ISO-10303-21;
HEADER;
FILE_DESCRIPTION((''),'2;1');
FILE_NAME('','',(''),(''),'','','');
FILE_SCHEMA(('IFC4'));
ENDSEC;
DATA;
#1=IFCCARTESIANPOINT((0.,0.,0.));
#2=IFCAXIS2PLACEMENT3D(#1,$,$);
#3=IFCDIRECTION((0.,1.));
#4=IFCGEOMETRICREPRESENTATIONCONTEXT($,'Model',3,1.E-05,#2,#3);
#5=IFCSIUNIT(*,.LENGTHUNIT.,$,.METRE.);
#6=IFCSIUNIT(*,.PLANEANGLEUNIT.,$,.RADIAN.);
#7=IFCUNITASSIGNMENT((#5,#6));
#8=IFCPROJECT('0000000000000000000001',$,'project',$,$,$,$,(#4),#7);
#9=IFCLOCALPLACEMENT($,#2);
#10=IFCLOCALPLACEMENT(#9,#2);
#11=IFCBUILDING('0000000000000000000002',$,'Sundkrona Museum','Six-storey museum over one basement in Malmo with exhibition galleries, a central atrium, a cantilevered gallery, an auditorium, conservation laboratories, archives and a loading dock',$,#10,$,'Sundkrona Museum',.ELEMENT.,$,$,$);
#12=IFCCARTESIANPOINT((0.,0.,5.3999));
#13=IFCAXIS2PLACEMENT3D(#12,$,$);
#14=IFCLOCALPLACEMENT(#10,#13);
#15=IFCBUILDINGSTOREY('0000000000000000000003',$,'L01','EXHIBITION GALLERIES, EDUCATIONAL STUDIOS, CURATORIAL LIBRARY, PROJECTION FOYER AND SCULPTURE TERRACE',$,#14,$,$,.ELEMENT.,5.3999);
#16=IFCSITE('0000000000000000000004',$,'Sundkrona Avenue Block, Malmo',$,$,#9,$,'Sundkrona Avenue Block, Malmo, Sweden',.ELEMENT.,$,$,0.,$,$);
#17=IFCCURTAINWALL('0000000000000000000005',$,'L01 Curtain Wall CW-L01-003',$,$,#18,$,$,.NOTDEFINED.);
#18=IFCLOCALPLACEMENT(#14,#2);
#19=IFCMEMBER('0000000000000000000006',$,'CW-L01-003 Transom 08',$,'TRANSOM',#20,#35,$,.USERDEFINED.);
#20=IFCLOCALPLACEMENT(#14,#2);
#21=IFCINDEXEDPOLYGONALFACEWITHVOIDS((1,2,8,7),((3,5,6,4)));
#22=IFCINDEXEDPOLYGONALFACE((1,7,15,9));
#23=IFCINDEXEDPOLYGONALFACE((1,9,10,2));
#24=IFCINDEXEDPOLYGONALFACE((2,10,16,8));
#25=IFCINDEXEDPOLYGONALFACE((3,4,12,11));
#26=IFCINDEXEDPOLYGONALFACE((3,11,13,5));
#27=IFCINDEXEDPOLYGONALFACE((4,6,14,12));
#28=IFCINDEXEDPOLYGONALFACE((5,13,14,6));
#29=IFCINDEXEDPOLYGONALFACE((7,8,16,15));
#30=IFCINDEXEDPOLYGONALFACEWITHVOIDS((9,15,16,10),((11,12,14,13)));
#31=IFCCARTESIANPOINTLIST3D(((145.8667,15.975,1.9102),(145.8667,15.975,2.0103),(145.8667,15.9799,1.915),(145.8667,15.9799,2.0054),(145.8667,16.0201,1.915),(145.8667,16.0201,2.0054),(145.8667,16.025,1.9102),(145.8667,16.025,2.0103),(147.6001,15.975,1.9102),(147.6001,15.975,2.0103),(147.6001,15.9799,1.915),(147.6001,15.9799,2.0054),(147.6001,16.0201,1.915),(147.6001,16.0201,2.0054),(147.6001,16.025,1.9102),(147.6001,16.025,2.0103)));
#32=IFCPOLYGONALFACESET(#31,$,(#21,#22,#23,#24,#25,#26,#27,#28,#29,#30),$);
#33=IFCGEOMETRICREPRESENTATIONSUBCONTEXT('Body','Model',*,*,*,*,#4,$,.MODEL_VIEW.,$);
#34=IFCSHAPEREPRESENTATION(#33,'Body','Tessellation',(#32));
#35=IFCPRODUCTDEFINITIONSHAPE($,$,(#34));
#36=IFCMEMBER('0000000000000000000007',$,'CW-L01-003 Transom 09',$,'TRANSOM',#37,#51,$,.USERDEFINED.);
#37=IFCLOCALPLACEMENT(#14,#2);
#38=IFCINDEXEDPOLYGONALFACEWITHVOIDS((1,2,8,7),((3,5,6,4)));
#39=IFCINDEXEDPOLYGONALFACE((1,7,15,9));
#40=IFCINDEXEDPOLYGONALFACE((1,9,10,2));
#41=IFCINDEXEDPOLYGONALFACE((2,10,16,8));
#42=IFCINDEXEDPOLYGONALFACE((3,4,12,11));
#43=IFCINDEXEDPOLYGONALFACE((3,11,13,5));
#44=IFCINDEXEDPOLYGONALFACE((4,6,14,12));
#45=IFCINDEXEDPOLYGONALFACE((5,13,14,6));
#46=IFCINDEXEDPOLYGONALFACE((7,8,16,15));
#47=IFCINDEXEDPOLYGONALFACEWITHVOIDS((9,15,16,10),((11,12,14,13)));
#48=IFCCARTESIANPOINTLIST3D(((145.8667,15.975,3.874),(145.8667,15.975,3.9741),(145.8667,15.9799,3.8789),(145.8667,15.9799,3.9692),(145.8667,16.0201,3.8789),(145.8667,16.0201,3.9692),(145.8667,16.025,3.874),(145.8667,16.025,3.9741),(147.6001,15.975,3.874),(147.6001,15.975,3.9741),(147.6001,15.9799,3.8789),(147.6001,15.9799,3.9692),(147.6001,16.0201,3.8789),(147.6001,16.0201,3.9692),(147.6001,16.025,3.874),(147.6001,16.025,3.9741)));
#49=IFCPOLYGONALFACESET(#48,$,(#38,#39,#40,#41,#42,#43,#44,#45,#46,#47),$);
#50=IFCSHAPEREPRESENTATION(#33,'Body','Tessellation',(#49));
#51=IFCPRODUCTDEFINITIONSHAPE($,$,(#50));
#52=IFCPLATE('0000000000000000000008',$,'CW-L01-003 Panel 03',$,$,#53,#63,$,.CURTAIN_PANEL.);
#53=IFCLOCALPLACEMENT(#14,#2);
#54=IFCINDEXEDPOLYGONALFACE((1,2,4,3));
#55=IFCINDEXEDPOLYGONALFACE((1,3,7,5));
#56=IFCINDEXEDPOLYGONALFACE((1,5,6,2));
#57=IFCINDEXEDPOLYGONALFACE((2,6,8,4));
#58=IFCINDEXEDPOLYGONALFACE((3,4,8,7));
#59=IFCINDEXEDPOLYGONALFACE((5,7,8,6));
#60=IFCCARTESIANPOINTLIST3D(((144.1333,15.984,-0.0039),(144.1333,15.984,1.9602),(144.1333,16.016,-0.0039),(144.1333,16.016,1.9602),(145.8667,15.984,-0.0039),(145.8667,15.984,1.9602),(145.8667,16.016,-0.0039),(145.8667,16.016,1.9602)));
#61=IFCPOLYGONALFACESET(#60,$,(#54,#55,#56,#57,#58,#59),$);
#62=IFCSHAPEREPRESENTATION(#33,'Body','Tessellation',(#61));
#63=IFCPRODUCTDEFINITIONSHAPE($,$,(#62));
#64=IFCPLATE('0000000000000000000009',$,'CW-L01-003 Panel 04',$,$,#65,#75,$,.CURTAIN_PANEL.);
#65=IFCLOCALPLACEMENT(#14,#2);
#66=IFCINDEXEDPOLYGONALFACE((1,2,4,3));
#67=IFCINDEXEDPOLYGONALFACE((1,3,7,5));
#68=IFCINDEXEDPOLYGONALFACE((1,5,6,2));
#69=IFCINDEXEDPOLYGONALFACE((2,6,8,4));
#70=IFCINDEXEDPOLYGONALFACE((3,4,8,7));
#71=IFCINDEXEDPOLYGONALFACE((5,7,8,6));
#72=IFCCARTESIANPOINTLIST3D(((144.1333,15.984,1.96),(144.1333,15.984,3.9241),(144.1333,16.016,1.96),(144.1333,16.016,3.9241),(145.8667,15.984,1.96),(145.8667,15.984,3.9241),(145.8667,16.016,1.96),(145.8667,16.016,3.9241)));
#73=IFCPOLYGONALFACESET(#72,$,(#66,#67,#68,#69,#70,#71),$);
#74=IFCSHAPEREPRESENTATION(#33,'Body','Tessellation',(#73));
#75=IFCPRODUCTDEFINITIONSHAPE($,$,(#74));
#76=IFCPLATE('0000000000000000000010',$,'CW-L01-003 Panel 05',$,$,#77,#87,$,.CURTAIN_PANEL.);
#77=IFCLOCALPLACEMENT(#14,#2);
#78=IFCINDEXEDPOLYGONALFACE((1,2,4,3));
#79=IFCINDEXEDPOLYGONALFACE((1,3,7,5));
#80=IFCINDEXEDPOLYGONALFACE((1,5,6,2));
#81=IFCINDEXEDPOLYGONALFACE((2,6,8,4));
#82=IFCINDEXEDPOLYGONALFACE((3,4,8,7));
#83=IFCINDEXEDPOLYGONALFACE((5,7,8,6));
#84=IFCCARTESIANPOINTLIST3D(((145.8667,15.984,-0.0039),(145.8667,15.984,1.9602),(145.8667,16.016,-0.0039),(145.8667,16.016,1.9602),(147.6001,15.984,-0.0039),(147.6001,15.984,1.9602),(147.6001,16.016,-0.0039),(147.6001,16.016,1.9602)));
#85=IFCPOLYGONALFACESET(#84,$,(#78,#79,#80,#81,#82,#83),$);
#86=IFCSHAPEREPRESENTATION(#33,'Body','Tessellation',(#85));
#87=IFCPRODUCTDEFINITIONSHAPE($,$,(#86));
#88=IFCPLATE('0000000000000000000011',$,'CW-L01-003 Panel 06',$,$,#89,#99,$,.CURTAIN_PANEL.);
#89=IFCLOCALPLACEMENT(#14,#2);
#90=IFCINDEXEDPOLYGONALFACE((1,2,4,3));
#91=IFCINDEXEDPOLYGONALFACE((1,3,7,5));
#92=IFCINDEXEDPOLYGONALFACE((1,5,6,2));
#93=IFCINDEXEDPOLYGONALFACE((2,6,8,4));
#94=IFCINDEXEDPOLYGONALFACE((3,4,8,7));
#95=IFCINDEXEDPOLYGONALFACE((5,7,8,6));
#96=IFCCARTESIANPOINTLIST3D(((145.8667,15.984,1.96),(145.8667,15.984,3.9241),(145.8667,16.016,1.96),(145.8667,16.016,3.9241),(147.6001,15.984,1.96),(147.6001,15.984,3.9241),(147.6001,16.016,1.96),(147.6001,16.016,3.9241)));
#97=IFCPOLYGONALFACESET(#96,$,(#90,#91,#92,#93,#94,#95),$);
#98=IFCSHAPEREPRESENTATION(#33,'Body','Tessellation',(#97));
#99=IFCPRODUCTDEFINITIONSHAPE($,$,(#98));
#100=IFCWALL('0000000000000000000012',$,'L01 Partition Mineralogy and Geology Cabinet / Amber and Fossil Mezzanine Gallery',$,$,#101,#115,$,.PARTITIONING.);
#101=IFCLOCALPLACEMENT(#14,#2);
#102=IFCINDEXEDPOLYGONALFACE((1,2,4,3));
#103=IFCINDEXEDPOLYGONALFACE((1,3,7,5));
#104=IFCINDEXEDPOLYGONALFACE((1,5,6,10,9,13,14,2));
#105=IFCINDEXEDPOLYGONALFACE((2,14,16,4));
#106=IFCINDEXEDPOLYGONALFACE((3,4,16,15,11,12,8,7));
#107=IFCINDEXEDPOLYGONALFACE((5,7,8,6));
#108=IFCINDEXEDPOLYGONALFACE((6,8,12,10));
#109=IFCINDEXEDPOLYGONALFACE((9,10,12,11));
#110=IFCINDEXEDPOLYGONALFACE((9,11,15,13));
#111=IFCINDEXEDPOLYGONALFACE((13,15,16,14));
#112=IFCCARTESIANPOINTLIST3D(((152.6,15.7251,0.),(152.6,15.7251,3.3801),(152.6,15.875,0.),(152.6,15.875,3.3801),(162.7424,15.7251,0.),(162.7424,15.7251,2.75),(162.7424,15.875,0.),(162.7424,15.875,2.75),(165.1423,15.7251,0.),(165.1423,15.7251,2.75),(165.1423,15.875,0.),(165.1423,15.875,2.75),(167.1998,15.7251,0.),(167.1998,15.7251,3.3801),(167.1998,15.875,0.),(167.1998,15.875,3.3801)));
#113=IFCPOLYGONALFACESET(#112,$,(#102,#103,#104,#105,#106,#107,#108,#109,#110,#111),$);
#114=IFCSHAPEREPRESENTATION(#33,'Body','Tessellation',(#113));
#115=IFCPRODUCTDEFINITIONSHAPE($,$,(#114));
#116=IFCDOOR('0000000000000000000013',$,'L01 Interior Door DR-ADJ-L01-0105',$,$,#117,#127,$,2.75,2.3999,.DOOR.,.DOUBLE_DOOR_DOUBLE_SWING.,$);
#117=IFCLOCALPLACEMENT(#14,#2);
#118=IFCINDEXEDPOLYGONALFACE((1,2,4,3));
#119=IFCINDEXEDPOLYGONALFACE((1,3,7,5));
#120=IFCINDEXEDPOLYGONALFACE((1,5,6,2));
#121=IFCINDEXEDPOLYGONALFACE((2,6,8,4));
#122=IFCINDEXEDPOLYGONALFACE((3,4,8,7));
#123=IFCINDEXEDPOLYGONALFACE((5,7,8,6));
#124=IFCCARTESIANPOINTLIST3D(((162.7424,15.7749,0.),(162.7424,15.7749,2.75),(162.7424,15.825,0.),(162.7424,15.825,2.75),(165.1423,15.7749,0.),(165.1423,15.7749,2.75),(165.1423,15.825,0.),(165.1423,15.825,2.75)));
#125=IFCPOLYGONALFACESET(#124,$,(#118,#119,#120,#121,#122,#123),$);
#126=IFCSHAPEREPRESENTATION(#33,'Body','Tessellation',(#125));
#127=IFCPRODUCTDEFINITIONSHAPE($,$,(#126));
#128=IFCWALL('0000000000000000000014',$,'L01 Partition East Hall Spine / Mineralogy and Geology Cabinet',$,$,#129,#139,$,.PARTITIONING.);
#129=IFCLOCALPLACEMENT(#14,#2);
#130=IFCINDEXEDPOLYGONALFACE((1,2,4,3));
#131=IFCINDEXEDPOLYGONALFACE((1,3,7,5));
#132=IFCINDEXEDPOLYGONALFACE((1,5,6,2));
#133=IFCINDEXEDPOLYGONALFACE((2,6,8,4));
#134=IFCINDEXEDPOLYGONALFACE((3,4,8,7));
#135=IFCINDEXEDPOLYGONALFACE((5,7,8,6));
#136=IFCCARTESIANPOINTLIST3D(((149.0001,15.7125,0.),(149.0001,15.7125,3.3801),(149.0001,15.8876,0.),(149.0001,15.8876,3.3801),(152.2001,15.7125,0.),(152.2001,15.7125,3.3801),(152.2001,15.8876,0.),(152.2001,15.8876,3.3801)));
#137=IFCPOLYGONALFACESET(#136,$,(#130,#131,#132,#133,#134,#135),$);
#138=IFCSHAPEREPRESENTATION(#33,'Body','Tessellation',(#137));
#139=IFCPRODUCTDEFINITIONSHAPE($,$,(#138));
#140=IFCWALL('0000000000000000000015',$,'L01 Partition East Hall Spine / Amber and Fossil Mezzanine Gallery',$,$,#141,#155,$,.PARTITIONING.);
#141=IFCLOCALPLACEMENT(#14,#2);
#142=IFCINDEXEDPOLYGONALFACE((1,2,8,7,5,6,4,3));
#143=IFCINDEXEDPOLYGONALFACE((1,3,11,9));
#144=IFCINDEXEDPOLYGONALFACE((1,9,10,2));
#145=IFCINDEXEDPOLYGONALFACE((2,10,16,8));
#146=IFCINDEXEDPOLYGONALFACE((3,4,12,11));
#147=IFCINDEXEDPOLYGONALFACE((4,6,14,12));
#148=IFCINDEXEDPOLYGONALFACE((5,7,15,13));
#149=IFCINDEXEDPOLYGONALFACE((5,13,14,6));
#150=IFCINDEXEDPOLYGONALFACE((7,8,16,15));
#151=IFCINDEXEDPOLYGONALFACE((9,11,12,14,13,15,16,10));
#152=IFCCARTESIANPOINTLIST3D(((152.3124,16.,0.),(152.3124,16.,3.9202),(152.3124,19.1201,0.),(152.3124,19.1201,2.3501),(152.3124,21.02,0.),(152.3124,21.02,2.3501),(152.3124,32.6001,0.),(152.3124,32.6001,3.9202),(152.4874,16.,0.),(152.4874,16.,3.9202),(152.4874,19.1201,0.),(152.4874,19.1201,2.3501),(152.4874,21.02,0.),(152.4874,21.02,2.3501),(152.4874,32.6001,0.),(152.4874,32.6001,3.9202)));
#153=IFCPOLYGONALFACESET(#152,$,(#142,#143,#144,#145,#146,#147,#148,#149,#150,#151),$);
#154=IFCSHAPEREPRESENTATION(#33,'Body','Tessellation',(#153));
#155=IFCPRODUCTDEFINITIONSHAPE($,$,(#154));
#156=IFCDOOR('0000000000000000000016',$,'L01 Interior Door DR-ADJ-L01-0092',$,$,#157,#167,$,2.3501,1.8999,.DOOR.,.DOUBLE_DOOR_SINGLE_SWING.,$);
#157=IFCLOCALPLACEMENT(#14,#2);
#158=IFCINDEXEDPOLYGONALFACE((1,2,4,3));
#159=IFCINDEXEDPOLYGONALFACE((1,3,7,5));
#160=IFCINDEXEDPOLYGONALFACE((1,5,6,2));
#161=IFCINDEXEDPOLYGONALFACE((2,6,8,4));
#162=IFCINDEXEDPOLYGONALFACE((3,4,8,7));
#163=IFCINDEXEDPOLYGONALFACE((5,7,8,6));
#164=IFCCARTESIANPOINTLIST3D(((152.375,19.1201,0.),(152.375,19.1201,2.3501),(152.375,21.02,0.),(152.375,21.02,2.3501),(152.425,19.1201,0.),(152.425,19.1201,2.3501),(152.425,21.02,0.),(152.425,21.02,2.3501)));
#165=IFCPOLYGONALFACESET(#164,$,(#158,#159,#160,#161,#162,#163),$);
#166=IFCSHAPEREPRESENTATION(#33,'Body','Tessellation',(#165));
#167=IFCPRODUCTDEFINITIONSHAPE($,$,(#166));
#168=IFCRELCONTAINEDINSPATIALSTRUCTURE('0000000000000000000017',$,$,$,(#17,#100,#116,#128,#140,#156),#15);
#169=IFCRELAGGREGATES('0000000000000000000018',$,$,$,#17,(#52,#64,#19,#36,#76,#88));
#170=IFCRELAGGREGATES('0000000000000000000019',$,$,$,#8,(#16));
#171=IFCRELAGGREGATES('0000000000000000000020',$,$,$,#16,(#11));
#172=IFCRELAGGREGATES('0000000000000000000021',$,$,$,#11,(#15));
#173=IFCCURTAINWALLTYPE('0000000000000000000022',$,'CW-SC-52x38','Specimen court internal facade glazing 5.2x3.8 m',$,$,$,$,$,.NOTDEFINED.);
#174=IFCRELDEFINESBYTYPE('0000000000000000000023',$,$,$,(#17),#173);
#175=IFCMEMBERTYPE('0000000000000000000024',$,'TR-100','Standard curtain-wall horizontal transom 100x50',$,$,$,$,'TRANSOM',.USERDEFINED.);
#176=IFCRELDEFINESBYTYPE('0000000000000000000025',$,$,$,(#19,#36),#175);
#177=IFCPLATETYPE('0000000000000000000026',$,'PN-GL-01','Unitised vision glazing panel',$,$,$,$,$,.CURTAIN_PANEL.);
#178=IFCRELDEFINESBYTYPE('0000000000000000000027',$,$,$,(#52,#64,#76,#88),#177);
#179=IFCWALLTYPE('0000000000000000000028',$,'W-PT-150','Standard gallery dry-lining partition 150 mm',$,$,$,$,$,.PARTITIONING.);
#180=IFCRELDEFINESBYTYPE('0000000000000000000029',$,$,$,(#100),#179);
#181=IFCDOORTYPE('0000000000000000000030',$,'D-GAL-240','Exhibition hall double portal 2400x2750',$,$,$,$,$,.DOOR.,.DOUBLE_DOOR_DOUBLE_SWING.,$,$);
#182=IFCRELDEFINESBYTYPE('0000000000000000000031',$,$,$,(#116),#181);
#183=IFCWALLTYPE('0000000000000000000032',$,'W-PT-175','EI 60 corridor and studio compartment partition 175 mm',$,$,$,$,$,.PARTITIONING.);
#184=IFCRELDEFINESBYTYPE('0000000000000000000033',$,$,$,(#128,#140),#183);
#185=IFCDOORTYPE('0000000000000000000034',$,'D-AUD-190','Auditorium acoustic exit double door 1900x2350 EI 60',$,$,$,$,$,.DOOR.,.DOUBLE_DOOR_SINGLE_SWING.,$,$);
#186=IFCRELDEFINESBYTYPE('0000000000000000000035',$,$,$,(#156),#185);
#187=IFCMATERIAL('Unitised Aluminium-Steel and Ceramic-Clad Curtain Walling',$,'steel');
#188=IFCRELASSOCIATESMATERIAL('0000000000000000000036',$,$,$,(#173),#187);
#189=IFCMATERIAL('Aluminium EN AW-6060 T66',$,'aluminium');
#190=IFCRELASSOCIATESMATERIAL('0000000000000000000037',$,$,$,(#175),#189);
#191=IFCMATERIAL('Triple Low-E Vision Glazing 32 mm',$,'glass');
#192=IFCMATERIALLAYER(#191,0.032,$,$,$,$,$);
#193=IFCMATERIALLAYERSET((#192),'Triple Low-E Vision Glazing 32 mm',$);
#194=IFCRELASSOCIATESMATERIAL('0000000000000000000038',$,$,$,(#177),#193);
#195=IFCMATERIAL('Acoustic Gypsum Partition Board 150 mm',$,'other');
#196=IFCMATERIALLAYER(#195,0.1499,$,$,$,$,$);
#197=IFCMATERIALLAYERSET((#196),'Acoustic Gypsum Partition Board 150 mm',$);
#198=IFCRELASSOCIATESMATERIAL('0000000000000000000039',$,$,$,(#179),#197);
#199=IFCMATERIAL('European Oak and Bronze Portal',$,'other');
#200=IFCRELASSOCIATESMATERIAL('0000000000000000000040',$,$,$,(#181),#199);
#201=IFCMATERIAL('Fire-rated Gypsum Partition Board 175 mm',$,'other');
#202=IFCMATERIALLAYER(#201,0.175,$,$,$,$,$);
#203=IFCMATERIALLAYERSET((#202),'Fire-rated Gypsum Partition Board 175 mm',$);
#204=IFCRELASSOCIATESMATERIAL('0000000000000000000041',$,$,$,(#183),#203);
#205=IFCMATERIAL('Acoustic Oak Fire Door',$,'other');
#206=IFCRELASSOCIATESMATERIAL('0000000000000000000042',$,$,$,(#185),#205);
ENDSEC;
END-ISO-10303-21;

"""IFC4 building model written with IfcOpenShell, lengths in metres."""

from ifc_helpers import new_model, si_unit, direction, frame, frame_2d, origin, origin_2d, place, context, subcontext, project, spatial, rectangle, hollow_rectangle, extrude, material, layer, layer_set, material_profile, profile_set, type_object, element, fill, aggregate, save


model = new_model("IFC4")

# Units and contexts
model_context = context("Model", 3, precision=1e-05, world=origin(), true_north=direction((0.0, 1.0)))
body_context = subcontext(model_context, "Body", "Model", "MODEL_VIEW")
ifc_project = project(units=[si_unit("LENGTHUNIT", "METRE"), si_unit("PLANEANGLEUNIT", "RADIAN")], contexts=[model_context])

# Site, building, storey
site_placement = place(None, origin())
site = spatial("IfcSite", under=ifc_project, at=site_placement, Name="Sundkrona Avenue Block, Malmo", LongName="Sundkrona Avenue Block, Malmo, Sweden", CompositionType="ELEMENT", RefElevation=0.0)
building_placement = place(site_placement, origin())
building = spatial("IfcBuilding", under=site, at=building_placement, Name="Sundkrona Museum", Description="Six-storey museum over one basement in Malmo with exhibition galleries, a central atrium, a cantilevered gallery, an auditorium, conservation laboratories, archives and a loading dock", LongName="Sundkrona Museum", CompositionType="ELEMENT")
storey_placement = place(building_placement, frame((0.0, 0.0, 5.3999)))
storey = spatial("IfcBuildingStorey", under=building, at=storey_placement, Name="L01", Description="EXHIBITION GALLERIES, EDUCATIONAL STUDIOS, CURATORIAL LIBRARY, PROJECTION FOYER AND SCULPTURE TERRACE", CompositionType="ELEMENT", Elevation=5.3999)

# Curtain wall, members, plates
ifc_material_1 = material(Name="Unitised Aluminium-Steel and Ceramic-Clad Curtain Walling", Category="steel")
curtain_wall_type = type_object("IfcCurtainWallType", Name="CW-SC-52x38", Description="Specimen court internal facade glazing 5.2x3.8 m", PredefinedType="NOTDEFINED", material=ifc_material_1)
curtain_wall_placement = place(storey_placement, origin())
curtain_wall = element("IfcCurtainWall", 1, at=curtain_wall_placement, inside=storey, type_object=curtain_wall_type, Name="L01 Curtain Wall CW-L01-003", PredefinedType="NOTDEFINED")
ifc_material_2 = material(Name="Aluminium EN AW-6060 T66", Category="aluminium")
ifc_material_profile_1 = material_profile(ifc_material_2, hollow_rectangle(XDim=0.05, YDim=0.1001, WallThickness=0.0049, at=origin_2d()), Name="RHS 100x50x5.0")
ifc_profile_set_1 = profile_set([ifc_material_profile_1], Name="Aluminium EN AW-6060 T66")
member_type_1 = type_object("IfcMemberType", Name="TR-100", Description="Standard curtain-wall horizontal transom 100x50", ElementType="TRANSOM", PredefinedType="USERDEFINED", material=ifc_profile_set_1)
member_1_placement = place(storey_placement, frame((145.8667, 16.0, 1.9602), z_axis=(1.0, 0.0, 0.0), x_axis=(0.0, 1.0, 0.0)))
member_1 = element("IfcMember", 2, at=member_1_placement, type_object=member_type_1, Name="CW-L01-003 Transom 08", ObjectType="TRANSOM", PredefinedType="USERDEFINED", context=body_context, shape_type="SweptSolid", body=[
    extrude(hollow_rectangle(XDim=0.05, YDim=0.1001, WallThickness=0.0049, at=origin_2d()), origin(), (0.0, 0.0, 1.0), 1.7334),
])
member_2_placement = place(storey_placement, frame((145.8667, 16.0, 3.9241), z_axis=(1.0, 0.0, 0.0), x_axis=(0.0, 1.0, 0.0)))
member_2 = element("IfcMember", 3, at=member_2_placement, type_object=member_type_1, Name="CW-L01-003 Transom 09", ObjectType="TRANSOM", PredefinedType="USERDEFINED", context=body_context, shape_type="SweptSolid", body=[
    extrude(hollow_rectangle(XDim=0.05, YDim=0.1001, WallThickness=0.0049, at=origin_2d()), origin(), (0.0, 0.0, 1.0), 1.7334),
])
ifc_material_3 = material(Name="Triple Low-E Vision Glazing 32 mm", Category="glass")
ifc_layer_1 = layer(ifc_material_3, 0.032)
ifc_layer_set_1 = layer_set([ifc_layer_1], Name="Triple Low-E Vision Glazing 32 mm")
plate_type = type_object("IfcPlateType", Name="PN-GL-01", Description="Unitised vision glazing panel", PredefinedType="CURTAIN_PANEL", material=ifc_layer_set_1)
plate_1_placement = place(storey_placement, frame((145.0, 16.0, -0.0039), z_axis=(0.0, 0.0, 1.0), x_axis=(1.0, 0.0, 0.0)))
plate_1 = element("IfcPlate", 4, at=plate_1_placement, type_object=plate_type, Name="CW-L01-003 Panel 03", PredefinedType="CURTAIN_PANEL", context=body_context, shape_type="SweptSolid", body=[
    extrude(rectangle(XDim=1.7334, YDim=0.032, at=origin_2d()), origin(), (0.0, 0.0, 1.0), 1.9641),
])
plate_2_placement = place(storey_placement, frame((145.0, 16.0, 1.96), z_axis=(0.0, 0.0, 1.0), x_axis=(1.0, 0.0, 0.0)))
plate_2 = element("IfcPlate", 5, at=plate_2_placement, type_object=plate_type, Name="CW-L01-003 Panel 04", PredefinedType="CURTAIN_PANEL", context=body_context, shape_type="SweptSolid", body=[
    extrude(rectangle(XDim=1.7334, YDim=0.032, at=origin_2d()), origin(), (0.0, 0.0, 1.0), 1.9641),
])
plate_3_placement = place(storey_placement, frame((146.7334, 16.0, -0.0039), z_axis=(0.0, 0.0, 1.0), x_axis=(1.0, 0.0, 0.0)))
plate_3 = element("IfcPlate", 6, at=plate_3_placement, type_object=plate_type, Name="CW-L01-003 Panel 05", PredefinedType="CURTAIN_PANEL", context=body_context, shape_type="SweptSolid", body=[
    extrude(rectangle(XDim=1.7334, YDim=0.032, at=origin_2d()), origin(), (0.0, 0.0, 1.0), 1.9641),
])
plate_4_placement = place(storey_placement, frame((146.7334, 16.0, 1.96), z_axis=(0.0, 0.0, 1.0), x_axis=(1.0, 0.0, 0.0)))
plate_4 = element("IfcPlate", 7, at=plate_4_placement, type_object=plate_type, Name="CW-L01-003 Panel 06", PredefinedType="CURTAIN_PANEL", context=body_context, shape_type="SweptSolid", body=[
    extrude(rectangle(XDim=1.7334, YDim=0.032, at=origin_2d()), origin(), (0.0, 0.0, 1.0), 1.9641),
])
aggregate(curtain_wall, [plate_1, plate_2, member_1, member_2, plate_3, plate_4])

# Wall, opening, door
ifc_material_4 = material(Name="Acoustic Gypsum Partition Board 150 mm", Category="other")
ifc_layer_2 = layer(ifc_material_4, 0.1499)
ifc_layer_set_2 = layer_set([ifc_layer_2], Name="Acoustic Gypsum Partition Board 150 mm")
wall_type_1 = type_object("IfcWallType", Name="W-PT-150", Description="Standard gallery dry-lining partition 150 mm", PredefinedType="PARTITIONING", material=ifc_layer_set_2)
wall_1_placement = place(storey_placement, frame((152.6001, 15.8, 0.0), z_axis=(0.0, 0.0, 1.0), x_axis=(1.0, 0.0, 0.0)))
wall_1 = element("IfcWall", 8, at=wall_1_placement, inside=storey, type_object=wall_type_1, Name="L01 Partition Mineralogy and Geology Cabinet / Amber and Fossil Mezzanine Gallery", PredefinedType="PARTITIONING", context=body_context, shape_type="SweptSolid", body=[
    extrude(rectangle(XDim=14.5999, YDim=0.1499, at=frame_2d((7.2998, 0.0))), origin(), (0.0, 0.0, 1.0), 3.3801),
])
opening_1_placement = place(wall_1_placement, frame((10.1423, 0.0, 0.0)))
opening_1 = element("IfcOpeningElement", 9, at=opening_1_placement, cuts=wall_1, PredefinedType="OPENING", context=body_context, shape_type="SweptSolid", body=[
    extrude(rectangle(XDim=2.3999, YDim=2.75, at=frame_2d((1.2, 1.375))), frame((0.0, 0.085, 0.0), z_axis=(0.0, -1.0, 0.0), x_axis=(1.0, 0.0, 0.0)), (0.0, 0.0, 1.0), 0.1699),
])
ifc_material_5 = material(Name="European Oak and Bronze Portal", Category="other")
door_type_1 = type_object("IfcDoorType", Name="D-GAL-240", Description="Exhibition hall double portal 2400x2750", OperationType="DOUBLE_DOOR_DOUBLE_SWING", PredefinedType="DOOR", material=ifc_material_5)
door_1_placement = place(opening_1_placement, origin())
door_1 = element("IfcDoor", 10, at=door_1_placement, inside=storey, type_object=door_type_1, Name="L01 Interior Door DR-ADJ-L01-0105", OperationType="DOUBLE_DOOR_DOUBLE_SWING", OverallHeight=2.75, OverallWidth=2.3999, PredefinedType="DOOR", context=body_context, shape_type="SweptSolid", body=[
    extrude(rectangle(XDim=2.3999, YDim=2.75, at=frame_2d((1.2, 1.375))), frame((0.0, 0.0249, 0.0), z_axis=(0.0, -1.0, 0.0), x_axis=(1.0, 0.0, 0.0)), (0.0, 0.0, 1.0), 0.05),
])
fill(opening_1, door_1)

# Wall
ifc_material_6 = material(Name="Fire-rated Gypsum Partition Board 175 mm", Category="other")
ifc_layer_3 = layer(ifc_material_6, 0.175)
ifc_layer_set_3 = layer_set([ifc_layer_3], Name="Fire-rated Gypsum Partition Board 175 mm")
wall_type_2 = type_object("IfcWallType", Name="W-PT-175", Description="EI 60 corridor and studio compartment partition 175 mm", PredefinedType="PARTITIONING", material=ifc_layer_set_3)
wall_2_placement = place(storey_placement, frame((149.0, 15.8, 0.0), z_axis=(0.0, 0.0, 1.0), x_axis=(1.0, 0.0, 0.0)))
element("IfcWall", 11, at=wall_2_placement, inside=storey, type_object=wall_type_2, Name="L01 Partition East Hall Spine / Mineralogy and Geology Cabinet", PredefinedType="PARTITIONING", context=body_context, shape_type="SweptSolid", body=[
    extrude(rectangle(XDim=3.2, YDim=0.175, at=frame_2d((1.6001, 0.0))), origin(), (0.0, 0.0, 1.0), 3.3801),
])

# Wall, opening, door
wall_3_placement = place(storey_placement, frame((152.3999, 16.0, 0.0), z_axis=(0.0, 0.0, 1.0), x_axis=(0.0, 1.0, 0.0)))
wall_3 = element("IfcWall", 12, at=wall_3_placement, inside=storey, type_object=wall_type_2, Name="L01 Partition East Hall Spine / Amber and Fossil Mezzanine Gallery", PredefinedType="PARTITIONING", context=body_context, shape_type="SweptSolid", body=[
    extrude(rectangle(XDim=16.6001, YDim=0.175, at=frame_2d((8.3, 0.0))), origin(), (0.0, 0.0, 1.0), 3.9202),
])
opening_2_placement = place(wall_3_placement, frame((3.1201, 0.0, 0.0)))
opening_2 = element("IfcOpeningElement", 13, at=opening_2_placement, cuts=wall_3, PredefinedType="OPENING", context=body_context, shape_type="SweptSolid", body=[
    extrude(rectangle(XDim=1.8999, YDim=2.3501, at=frame_2d((0.95, 1.175))), frame((0.0, 0.0974, 0.0), z_axis=(0.0, -1.0, 0.0), x_axis=(1.0, 0.0, 0.0)), (0.0, 0.0, 1.0), 0.1951),
])
ifc_material_7 = material(Name="Acoustic Oak Fire Door", Category="other")
door_type_2 = type_object("IfcDoorType", Name="D-AUD-190", Description="Auditorium acoustic exit double door 1900x2350 EI 60", OperationType="DOUBLE_DOOR_SINGLE_SWING", PredefinedType="DOOR", material=ifc_material_7)
door_2_placement = place(opening_2_placement, origin())
door_2 = element("IfcDoor", 14, at=door_2_placement, inside=storey, type_object=door_type_2, Name="L01 Interior Door DR-ADJ-L01-0092", OperationType="DOUBLE_DOOR_SINGLE_SWING", OverallHeight=2.3501, OverallWidth=1.8999, PredefinedType="DOOR", context=body_context, shape_type="SweptSolid", body=[
    extrude(rectangle(XDim=1.8999, YDim=2.3501, at=frame_2d((0.95, 1.175))), frame((0.0, 0.0249, 0.0), z_axis=(0.0, -1.0, 0.0), x_axis=(1.0, 0.0, 0.0)), (0.0, 0.0, 1.0), 0.05),
])
fill(opening_2, door_2)

save(model, "model.ifc")
